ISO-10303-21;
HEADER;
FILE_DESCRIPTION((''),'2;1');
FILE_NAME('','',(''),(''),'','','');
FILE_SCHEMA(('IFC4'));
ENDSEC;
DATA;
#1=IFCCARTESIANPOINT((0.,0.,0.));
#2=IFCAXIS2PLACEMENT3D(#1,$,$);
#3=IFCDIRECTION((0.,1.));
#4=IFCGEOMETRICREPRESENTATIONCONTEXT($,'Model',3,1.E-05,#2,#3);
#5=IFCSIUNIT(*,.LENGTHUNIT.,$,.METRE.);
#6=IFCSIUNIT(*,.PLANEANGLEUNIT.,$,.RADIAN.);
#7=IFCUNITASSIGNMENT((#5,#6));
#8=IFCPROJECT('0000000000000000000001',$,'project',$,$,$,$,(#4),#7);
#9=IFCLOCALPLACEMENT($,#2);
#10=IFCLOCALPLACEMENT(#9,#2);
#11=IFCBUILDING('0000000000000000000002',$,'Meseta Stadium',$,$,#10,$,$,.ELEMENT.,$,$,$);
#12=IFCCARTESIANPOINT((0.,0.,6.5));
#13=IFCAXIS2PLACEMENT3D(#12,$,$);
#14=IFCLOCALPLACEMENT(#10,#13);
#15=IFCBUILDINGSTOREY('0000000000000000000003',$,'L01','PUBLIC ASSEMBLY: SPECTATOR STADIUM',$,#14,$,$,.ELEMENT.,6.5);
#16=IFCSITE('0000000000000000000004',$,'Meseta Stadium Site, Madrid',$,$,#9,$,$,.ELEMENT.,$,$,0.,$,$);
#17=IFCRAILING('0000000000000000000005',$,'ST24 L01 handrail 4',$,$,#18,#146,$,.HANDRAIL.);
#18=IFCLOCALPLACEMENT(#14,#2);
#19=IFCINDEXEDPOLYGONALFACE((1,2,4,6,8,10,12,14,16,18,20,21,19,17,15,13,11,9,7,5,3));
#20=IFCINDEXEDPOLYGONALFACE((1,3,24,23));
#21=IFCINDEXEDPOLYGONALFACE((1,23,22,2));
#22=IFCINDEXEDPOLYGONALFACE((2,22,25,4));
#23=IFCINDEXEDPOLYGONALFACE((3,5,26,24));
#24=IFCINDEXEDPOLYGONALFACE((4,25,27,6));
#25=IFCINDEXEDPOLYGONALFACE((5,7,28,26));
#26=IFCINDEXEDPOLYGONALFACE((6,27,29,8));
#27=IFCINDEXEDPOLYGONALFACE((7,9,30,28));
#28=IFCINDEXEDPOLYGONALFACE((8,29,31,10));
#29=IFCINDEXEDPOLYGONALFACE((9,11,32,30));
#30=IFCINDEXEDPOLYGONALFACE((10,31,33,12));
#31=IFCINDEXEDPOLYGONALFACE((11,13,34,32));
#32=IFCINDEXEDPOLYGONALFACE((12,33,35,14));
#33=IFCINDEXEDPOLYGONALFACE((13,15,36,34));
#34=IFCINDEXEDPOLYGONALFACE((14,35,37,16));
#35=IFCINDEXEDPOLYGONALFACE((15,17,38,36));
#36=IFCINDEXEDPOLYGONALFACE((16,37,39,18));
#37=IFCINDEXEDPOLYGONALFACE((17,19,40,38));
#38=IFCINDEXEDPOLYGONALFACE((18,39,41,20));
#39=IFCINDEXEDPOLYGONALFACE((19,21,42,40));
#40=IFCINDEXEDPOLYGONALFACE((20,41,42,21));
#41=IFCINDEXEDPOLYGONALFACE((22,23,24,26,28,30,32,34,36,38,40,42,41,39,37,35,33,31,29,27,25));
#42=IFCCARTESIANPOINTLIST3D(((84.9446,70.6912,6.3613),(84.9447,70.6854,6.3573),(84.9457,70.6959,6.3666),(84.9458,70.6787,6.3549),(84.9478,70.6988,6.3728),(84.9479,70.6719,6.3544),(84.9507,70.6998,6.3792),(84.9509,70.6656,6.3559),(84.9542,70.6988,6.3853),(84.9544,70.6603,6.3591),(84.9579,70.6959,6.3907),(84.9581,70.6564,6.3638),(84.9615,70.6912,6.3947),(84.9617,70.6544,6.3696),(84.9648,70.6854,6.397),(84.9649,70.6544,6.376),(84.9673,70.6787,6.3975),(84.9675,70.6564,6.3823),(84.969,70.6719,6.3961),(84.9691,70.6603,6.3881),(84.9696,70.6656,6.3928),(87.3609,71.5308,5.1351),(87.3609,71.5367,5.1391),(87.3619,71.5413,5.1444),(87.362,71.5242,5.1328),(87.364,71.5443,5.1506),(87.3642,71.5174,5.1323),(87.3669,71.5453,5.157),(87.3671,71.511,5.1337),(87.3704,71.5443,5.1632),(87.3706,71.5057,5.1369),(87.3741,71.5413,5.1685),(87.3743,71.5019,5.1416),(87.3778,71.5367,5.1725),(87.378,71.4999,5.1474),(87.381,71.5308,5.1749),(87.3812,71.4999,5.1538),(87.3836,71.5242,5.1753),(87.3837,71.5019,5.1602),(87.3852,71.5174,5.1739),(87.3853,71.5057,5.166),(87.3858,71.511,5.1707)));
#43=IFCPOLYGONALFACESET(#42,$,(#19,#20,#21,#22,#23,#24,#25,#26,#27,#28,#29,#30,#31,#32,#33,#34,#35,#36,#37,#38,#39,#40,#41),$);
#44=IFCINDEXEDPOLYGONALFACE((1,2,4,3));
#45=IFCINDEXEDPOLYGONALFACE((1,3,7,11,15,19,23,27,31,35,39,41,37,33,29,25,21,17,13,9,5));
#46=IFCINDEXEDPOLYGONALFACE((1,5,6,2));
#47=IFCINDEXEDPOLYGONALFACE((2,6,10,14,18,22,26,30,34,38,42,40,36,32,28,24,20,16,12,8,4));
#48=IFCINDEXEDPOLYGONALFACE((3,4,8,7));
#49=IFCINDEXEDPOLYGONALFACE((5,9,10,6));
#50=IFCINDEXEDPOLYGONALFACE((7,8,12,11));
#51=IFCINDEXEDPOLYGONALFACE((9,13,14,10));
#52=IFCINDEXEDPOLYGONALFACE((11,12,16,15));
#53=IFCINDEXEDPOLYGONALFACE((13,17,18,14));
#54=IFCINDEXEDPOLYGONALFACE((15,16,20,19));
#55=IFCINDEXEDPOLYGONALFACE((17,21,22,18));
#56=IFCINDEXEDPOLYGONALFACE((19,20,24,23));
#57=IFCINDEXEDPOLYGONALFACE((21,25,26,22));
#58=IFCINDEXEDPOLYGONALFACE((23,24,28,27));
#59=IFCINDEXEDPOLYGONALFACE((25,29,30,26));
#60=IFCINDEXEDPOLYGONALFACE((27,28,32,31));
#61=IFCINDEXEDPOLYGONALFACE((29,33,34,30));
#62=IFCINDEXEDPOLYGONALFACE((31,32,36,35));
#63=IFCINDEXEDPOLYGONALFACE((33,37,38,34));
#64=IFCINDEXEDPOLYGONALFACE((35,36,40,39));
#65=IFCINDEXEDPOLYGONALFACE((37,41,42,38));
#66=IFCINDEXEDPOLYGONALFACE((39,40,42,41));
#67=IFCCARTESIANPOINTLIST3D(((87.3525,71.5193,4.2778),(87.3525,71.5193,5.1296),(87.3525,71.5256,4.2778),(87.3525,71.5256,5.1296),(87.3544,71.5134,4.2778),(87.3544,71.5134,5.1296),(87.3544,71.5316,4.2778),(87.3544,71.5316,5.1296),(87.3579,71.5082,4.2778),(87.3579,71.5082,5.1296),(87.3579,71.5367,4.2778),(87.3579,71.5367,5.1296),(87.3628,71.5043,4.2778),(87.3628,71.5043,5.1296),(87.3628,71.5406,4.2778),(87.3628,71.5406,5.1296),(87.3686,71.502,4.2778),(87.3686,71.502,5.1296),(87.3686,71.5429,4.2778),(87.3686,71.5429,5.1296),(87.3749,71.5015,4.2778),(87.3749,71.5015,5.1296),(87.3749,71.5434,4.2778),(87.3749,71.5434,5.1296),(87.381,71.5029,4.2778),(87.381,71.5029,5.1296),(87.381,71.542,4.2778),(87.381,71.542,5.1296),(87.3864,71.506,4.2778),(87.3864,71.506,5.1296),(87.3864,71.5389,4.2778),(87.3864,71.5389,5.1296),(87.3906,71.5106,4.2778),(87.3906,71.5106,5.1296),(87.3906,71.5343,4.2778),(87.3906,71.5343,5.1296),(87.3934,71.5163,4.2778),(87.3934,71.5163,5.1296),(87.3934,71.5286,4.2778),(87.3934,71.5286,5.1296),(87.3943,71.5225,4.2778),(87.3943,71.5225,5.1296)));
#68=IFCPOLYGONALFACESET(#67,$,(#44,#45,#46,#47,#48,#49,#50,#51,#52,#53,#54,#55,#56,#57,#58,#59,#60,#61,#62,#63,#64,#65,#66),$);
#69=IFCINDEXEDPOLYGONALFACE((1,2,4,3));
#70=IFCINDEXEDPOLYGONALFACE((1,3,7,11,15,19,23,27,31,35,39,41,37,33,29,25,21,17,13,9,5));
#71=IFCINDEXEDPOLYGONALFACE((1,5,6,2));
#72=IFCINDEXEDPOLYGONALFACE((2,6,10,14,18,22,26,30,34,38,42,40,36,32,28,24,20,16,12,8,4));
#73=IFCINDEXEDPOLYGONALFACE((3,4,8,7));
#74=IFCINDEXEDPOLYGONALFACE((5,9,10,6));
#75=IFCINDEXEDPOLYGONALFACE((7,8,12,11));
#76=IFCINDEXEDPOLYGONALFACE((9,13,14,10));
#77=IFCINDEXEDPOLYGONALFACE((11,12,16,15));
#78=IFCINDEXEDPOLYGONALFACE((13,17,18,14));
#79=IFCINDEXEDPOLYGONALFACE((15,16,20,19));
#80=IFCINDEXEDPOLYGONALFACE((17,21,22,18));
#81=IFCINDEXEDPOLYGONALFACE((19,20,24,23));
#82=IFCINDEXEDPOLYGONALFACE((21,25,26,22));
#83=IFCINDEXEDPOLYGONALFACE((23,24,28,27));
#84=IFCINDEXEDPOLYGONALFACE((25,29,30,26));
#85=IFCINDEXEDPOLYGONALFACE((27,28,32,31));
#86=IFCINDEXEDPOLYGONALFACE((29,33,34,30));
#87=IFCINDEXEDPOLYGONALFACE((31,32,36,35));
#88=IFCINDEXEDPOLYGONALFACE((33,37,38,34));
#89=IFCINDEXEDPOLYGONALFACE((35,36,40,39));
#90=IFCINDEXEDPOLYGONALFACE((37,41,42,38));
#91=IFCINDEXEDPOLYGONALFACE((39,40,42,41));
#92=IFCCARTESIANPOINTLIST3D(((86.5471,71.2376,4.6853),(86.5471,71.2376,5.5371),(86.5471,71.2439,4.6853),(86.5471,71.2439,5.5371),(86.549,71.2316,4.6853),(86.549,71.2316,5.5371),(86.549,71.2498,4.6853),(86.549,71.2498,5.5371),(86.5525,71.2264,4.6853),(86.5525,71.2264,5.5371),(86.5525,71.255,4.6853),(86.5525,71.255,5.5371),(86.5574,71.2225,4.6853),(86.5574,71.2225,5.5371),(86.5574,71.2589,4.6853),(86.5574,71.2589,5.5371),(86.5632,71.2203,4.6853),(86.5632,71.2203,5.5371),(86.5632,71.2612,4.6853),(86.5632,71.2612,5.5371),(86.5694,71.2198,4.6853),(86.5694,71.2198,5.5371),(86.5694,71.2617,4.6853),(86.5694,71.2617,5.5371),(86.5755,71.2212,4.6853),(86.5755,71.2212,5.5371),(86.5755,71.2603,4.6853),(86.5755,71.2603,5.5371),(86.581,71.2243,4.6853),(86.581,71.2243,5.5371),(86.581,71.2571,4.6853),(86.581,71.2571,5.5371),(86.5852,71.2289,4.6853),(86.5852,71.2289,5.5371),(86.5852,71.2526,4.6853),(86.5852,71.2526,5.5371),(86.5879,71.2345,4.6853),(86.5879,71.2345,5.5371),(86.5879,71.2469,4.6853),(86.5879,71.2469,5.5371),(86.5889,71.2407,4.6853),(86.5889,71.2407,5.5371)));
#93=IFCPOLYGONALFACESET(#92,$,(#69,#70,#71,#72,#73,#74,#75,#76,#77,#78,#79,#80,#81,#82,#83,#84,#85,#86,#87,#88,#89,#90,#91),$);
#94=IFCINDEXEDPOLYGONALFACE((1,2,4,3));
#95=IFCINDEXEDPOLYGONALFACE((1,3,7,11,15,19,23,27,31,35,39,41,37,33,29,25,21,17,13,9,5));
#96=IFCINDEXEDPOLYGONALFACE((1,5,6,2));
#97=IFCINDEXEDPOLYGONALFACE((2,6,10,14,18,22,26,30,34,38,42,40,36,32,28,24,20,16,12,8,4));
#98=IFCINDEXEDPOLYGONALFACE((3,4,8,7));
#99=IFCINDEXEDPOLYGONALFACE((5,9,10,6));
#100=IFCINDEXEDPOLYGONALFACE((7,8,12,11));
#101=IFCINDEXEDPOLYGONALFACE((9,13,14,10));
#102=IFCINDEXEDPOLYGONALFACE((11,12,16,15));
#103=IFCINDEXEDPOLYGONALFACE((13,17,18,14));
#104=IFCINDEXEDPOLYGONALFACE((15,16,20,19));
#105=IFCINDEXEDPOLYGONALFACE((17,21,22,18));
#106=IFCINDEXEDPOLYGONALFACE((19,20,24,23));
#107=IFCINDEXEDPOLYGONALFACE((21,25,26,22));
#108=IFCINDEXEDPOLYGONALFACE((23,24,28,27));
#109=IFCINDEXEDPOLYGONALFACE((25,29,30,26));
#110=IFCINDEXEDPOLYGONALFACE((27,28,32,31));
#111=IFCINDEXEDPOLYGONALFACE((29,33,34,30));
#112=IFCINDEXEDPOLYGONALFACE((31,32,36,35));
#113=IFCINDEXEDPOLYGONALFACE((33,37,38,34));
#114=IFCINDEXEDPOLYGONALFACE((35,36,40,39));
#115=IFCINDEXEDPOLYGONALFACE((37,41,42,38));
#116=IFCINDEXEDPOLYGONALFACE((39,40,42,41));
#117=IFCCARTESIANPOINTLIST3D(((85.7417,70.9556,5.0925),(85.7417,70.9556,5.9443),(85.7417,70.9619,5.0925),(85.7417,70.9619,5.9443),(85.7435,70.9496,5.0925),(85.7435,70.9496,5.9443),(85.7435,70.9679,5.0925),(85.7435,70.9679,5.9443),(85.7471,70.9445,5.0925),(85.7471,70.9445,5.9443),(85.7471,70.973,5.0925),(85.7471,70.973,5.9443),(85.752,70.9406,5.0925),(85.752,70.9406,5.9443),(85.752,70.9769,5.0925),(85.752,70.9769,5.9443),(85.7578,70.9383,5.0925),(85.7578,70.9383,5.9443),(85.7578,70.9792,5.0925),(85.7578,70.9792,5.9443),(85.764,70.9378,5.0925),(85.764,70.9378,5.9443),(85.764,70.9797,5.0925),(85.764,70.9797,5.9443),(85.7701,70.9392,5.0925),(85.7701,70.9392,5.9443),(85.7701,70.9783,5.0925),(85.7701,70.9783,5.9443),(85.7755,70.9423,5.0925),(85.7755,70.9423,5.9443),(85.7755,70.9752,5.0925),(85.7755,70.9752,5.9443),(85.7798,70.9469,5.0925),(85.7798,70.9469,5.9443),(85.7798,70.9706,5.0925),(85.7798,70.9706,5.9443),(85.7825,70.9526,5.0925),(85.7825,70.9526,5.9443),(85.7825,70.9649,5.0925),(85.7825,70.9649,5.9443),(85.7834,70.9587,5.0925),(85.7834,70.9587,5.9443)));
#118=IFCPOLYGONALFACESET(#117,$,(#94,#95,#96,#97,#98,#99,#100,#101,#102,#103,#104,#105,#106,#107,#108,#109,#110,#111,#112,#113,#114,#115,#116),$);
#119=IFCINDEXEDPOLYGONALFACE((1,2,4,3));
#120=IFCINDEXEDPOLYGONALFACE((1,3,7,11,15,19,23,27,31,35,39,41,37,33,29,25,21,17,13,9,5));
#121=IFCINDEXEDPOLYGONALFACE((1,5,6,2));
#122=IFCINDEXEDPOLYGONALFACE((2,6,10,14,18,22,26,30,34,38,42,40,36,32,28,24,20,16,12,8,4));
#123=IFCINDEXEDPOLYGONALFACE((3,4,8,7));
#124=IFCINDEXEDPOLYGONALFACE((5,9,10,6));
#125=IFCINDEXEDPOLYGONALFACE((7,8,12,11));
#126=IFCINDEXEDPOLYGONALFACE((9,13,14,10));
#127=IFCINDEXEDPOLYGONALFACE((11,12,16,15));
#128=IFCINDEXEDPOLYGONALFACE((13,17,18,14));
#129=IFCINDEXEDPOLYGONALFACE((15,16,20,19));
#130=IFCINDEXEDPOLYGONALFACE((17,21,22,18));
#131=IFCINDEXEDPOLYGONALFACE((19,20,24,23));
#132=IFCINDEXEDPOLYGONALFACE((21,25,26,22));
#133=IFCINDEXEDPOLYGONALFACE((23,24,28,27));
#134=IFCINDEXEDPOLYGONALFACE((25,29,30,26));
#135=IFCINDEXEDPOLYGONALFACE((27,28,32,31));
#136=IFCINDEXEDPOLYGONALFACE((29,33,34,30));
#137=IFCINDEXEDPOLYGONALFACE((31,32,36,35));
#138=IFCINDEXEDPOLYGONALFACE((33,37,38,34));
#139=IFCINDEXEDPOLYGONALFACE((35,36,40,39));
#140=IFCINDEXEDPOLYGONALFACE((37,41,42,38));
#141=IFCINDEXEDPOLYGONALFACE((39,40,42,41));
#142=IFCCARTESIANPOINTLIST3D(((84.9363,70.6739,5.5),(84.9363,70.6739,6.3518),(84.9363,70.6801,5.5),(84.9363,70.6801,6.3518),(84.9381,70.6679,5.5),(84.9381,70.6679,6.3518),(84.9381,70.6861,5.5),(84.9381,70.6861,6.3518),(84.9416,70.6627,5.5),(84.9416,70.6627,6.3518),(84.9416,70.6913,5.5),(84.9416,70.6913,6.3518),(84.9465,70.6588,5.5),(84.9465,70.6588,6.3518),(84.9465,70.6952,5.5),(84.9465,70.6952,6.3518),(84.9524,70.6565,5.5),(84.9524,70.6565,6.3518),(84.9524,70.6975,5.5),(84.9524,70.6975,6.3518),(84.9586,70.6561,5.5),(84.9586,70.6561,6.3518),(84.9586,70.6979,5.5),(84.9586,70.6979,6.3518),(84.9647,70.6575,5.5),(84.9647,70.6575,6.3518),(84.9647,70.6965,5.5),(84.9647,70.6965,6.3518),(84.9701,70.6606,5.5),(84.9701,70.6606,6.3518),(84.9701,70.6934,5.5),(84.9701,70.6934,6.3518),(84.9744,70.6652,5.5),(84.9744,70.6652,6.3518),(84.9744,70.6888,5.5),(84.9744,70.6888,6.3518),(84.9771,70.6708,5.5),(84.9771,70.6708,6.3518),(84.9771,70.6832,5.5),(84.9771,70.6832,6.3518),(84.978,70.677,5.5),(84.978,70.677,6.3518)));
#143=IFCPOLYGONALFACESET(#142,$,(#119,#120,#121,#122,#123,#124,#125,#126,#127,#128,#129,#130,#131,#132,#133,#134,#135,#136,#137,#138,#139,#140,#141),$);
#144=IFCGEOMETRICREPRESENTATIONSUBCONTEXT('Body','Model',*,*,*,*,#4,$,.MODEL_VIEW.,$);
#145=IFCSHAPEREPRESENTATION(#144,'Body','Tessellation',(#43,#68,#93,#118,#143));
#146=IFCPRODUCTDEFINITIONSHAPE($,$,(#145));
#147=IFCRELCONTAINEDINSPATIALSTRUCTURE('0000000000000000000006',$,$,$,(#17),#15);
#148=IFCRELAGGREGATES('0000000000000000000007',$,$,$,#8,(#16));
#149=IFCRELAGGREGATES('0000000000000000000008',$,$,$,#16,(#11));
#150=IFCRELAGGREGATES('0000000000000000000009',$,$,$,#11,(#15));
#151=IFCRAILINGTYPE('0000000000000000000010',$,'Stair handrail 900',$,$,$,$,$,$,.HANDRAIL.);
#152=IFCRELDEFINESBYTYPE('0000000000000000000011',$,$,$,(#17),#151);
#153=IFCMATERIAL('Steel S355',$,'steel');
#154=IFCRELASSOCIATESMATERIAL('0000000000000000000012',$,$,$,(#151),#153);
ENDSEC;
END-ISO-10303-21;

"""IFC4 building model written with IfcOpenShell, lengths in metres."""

from ifc_helpers import new_model, si_unit, direction, frame, origin, origin_2d, place, context, subcontext, project, spatial, circle, extrude, material, type_object, element, save


model = new_model("IFC4")

# Units and contexts
model_context = context("Model", 3, precision=1e-05, world=origin(), true_north=direction((0.0, 1.0)))
body_context = subcontext(model_context, "Body", "Model", "MODEL_VIEW")
ifc_project = project(units=[si_unit("LENGTHUNIT", "METRE"), si_unit("PLANEANGLEUNIT", "RADIAN")], contexts=[model_context])

# Site, building, storey
site_placement = place(None, origin())
site = spatial("IfcSite", under=ifc_project, at=site_placement, Name="Meseta Stadium Site, Madrid", CompositionType="ELEMENT", RefElevation=0.0)
building_placement = place(site_placement, origin())
building = spatial("IfcBuilding", under=site, at=building_placement, Name="Meseta Stadium", CompositionType="ELEMENT")
storey_placement = place(building_placement, frame((0.0, 0.0, 6.5)))
storey = spatial("IfcBuildingStorey", under=building, at=storey_placement, Name="L01", Description="PUBLIC ASSEMBLY: SPECTATOR STADIUM", CompositionType="ELEMENT", Elevation=6.5)

# Railing
ifc_material_1 = material(Name="Steel S355", Category="steel")
railing_type_1 = type_object("IfcRailingType", Name="Stair handrail 900", PredefinedType="HANDRAIL", material=ifc_material_1)
for number, where, name in (
    (1, (87.3733, 71.5225, 4.2778), "ST24 L01 handrail 4"),
):
    element("IfcRailing", number, at=place(storey_placement, frame(where)), inside=storey, type_object=railing_type_1, Name=name, PredefinedType="HANDRAIL", context=body_context, shape_type="SweptSolid", body=[
        extrude(circle(Radius=0.0239, at=origin_2d()), frame((0.0, 0.0, 0.876), z_axis=(-0.851789, -0.298044, 0.430843), x_axis=(0.33027, -0.943887, 0.0)), (0.0, 0.0, 1.0), 2.8367),
        extrude(circle(Radius=0.021, at=origin_2d()), origin(), (0.0, 0.0, 1.0), 0.8518),
        extrude(circle(Radius=0.021, at=origin_2d()), frame((-0.8054, -0.2817, 0.4075)), (0.0, 0.0, 1.0), 0.8518),
        extrude(circle(Radius=0.021, at=origin_2d()), frame((-1.6108, -0.5637, 0.8147)), (0.0, 0.0, 1.0), 0.8518),
        extrude(circle(Radius=0.021, at=origin_2d()), frame((-2.4163, -0.8455, 1.2222)), (0.0, 0.0, 1.0), 0.8518),
    ])

save(model, "model.ifc")
